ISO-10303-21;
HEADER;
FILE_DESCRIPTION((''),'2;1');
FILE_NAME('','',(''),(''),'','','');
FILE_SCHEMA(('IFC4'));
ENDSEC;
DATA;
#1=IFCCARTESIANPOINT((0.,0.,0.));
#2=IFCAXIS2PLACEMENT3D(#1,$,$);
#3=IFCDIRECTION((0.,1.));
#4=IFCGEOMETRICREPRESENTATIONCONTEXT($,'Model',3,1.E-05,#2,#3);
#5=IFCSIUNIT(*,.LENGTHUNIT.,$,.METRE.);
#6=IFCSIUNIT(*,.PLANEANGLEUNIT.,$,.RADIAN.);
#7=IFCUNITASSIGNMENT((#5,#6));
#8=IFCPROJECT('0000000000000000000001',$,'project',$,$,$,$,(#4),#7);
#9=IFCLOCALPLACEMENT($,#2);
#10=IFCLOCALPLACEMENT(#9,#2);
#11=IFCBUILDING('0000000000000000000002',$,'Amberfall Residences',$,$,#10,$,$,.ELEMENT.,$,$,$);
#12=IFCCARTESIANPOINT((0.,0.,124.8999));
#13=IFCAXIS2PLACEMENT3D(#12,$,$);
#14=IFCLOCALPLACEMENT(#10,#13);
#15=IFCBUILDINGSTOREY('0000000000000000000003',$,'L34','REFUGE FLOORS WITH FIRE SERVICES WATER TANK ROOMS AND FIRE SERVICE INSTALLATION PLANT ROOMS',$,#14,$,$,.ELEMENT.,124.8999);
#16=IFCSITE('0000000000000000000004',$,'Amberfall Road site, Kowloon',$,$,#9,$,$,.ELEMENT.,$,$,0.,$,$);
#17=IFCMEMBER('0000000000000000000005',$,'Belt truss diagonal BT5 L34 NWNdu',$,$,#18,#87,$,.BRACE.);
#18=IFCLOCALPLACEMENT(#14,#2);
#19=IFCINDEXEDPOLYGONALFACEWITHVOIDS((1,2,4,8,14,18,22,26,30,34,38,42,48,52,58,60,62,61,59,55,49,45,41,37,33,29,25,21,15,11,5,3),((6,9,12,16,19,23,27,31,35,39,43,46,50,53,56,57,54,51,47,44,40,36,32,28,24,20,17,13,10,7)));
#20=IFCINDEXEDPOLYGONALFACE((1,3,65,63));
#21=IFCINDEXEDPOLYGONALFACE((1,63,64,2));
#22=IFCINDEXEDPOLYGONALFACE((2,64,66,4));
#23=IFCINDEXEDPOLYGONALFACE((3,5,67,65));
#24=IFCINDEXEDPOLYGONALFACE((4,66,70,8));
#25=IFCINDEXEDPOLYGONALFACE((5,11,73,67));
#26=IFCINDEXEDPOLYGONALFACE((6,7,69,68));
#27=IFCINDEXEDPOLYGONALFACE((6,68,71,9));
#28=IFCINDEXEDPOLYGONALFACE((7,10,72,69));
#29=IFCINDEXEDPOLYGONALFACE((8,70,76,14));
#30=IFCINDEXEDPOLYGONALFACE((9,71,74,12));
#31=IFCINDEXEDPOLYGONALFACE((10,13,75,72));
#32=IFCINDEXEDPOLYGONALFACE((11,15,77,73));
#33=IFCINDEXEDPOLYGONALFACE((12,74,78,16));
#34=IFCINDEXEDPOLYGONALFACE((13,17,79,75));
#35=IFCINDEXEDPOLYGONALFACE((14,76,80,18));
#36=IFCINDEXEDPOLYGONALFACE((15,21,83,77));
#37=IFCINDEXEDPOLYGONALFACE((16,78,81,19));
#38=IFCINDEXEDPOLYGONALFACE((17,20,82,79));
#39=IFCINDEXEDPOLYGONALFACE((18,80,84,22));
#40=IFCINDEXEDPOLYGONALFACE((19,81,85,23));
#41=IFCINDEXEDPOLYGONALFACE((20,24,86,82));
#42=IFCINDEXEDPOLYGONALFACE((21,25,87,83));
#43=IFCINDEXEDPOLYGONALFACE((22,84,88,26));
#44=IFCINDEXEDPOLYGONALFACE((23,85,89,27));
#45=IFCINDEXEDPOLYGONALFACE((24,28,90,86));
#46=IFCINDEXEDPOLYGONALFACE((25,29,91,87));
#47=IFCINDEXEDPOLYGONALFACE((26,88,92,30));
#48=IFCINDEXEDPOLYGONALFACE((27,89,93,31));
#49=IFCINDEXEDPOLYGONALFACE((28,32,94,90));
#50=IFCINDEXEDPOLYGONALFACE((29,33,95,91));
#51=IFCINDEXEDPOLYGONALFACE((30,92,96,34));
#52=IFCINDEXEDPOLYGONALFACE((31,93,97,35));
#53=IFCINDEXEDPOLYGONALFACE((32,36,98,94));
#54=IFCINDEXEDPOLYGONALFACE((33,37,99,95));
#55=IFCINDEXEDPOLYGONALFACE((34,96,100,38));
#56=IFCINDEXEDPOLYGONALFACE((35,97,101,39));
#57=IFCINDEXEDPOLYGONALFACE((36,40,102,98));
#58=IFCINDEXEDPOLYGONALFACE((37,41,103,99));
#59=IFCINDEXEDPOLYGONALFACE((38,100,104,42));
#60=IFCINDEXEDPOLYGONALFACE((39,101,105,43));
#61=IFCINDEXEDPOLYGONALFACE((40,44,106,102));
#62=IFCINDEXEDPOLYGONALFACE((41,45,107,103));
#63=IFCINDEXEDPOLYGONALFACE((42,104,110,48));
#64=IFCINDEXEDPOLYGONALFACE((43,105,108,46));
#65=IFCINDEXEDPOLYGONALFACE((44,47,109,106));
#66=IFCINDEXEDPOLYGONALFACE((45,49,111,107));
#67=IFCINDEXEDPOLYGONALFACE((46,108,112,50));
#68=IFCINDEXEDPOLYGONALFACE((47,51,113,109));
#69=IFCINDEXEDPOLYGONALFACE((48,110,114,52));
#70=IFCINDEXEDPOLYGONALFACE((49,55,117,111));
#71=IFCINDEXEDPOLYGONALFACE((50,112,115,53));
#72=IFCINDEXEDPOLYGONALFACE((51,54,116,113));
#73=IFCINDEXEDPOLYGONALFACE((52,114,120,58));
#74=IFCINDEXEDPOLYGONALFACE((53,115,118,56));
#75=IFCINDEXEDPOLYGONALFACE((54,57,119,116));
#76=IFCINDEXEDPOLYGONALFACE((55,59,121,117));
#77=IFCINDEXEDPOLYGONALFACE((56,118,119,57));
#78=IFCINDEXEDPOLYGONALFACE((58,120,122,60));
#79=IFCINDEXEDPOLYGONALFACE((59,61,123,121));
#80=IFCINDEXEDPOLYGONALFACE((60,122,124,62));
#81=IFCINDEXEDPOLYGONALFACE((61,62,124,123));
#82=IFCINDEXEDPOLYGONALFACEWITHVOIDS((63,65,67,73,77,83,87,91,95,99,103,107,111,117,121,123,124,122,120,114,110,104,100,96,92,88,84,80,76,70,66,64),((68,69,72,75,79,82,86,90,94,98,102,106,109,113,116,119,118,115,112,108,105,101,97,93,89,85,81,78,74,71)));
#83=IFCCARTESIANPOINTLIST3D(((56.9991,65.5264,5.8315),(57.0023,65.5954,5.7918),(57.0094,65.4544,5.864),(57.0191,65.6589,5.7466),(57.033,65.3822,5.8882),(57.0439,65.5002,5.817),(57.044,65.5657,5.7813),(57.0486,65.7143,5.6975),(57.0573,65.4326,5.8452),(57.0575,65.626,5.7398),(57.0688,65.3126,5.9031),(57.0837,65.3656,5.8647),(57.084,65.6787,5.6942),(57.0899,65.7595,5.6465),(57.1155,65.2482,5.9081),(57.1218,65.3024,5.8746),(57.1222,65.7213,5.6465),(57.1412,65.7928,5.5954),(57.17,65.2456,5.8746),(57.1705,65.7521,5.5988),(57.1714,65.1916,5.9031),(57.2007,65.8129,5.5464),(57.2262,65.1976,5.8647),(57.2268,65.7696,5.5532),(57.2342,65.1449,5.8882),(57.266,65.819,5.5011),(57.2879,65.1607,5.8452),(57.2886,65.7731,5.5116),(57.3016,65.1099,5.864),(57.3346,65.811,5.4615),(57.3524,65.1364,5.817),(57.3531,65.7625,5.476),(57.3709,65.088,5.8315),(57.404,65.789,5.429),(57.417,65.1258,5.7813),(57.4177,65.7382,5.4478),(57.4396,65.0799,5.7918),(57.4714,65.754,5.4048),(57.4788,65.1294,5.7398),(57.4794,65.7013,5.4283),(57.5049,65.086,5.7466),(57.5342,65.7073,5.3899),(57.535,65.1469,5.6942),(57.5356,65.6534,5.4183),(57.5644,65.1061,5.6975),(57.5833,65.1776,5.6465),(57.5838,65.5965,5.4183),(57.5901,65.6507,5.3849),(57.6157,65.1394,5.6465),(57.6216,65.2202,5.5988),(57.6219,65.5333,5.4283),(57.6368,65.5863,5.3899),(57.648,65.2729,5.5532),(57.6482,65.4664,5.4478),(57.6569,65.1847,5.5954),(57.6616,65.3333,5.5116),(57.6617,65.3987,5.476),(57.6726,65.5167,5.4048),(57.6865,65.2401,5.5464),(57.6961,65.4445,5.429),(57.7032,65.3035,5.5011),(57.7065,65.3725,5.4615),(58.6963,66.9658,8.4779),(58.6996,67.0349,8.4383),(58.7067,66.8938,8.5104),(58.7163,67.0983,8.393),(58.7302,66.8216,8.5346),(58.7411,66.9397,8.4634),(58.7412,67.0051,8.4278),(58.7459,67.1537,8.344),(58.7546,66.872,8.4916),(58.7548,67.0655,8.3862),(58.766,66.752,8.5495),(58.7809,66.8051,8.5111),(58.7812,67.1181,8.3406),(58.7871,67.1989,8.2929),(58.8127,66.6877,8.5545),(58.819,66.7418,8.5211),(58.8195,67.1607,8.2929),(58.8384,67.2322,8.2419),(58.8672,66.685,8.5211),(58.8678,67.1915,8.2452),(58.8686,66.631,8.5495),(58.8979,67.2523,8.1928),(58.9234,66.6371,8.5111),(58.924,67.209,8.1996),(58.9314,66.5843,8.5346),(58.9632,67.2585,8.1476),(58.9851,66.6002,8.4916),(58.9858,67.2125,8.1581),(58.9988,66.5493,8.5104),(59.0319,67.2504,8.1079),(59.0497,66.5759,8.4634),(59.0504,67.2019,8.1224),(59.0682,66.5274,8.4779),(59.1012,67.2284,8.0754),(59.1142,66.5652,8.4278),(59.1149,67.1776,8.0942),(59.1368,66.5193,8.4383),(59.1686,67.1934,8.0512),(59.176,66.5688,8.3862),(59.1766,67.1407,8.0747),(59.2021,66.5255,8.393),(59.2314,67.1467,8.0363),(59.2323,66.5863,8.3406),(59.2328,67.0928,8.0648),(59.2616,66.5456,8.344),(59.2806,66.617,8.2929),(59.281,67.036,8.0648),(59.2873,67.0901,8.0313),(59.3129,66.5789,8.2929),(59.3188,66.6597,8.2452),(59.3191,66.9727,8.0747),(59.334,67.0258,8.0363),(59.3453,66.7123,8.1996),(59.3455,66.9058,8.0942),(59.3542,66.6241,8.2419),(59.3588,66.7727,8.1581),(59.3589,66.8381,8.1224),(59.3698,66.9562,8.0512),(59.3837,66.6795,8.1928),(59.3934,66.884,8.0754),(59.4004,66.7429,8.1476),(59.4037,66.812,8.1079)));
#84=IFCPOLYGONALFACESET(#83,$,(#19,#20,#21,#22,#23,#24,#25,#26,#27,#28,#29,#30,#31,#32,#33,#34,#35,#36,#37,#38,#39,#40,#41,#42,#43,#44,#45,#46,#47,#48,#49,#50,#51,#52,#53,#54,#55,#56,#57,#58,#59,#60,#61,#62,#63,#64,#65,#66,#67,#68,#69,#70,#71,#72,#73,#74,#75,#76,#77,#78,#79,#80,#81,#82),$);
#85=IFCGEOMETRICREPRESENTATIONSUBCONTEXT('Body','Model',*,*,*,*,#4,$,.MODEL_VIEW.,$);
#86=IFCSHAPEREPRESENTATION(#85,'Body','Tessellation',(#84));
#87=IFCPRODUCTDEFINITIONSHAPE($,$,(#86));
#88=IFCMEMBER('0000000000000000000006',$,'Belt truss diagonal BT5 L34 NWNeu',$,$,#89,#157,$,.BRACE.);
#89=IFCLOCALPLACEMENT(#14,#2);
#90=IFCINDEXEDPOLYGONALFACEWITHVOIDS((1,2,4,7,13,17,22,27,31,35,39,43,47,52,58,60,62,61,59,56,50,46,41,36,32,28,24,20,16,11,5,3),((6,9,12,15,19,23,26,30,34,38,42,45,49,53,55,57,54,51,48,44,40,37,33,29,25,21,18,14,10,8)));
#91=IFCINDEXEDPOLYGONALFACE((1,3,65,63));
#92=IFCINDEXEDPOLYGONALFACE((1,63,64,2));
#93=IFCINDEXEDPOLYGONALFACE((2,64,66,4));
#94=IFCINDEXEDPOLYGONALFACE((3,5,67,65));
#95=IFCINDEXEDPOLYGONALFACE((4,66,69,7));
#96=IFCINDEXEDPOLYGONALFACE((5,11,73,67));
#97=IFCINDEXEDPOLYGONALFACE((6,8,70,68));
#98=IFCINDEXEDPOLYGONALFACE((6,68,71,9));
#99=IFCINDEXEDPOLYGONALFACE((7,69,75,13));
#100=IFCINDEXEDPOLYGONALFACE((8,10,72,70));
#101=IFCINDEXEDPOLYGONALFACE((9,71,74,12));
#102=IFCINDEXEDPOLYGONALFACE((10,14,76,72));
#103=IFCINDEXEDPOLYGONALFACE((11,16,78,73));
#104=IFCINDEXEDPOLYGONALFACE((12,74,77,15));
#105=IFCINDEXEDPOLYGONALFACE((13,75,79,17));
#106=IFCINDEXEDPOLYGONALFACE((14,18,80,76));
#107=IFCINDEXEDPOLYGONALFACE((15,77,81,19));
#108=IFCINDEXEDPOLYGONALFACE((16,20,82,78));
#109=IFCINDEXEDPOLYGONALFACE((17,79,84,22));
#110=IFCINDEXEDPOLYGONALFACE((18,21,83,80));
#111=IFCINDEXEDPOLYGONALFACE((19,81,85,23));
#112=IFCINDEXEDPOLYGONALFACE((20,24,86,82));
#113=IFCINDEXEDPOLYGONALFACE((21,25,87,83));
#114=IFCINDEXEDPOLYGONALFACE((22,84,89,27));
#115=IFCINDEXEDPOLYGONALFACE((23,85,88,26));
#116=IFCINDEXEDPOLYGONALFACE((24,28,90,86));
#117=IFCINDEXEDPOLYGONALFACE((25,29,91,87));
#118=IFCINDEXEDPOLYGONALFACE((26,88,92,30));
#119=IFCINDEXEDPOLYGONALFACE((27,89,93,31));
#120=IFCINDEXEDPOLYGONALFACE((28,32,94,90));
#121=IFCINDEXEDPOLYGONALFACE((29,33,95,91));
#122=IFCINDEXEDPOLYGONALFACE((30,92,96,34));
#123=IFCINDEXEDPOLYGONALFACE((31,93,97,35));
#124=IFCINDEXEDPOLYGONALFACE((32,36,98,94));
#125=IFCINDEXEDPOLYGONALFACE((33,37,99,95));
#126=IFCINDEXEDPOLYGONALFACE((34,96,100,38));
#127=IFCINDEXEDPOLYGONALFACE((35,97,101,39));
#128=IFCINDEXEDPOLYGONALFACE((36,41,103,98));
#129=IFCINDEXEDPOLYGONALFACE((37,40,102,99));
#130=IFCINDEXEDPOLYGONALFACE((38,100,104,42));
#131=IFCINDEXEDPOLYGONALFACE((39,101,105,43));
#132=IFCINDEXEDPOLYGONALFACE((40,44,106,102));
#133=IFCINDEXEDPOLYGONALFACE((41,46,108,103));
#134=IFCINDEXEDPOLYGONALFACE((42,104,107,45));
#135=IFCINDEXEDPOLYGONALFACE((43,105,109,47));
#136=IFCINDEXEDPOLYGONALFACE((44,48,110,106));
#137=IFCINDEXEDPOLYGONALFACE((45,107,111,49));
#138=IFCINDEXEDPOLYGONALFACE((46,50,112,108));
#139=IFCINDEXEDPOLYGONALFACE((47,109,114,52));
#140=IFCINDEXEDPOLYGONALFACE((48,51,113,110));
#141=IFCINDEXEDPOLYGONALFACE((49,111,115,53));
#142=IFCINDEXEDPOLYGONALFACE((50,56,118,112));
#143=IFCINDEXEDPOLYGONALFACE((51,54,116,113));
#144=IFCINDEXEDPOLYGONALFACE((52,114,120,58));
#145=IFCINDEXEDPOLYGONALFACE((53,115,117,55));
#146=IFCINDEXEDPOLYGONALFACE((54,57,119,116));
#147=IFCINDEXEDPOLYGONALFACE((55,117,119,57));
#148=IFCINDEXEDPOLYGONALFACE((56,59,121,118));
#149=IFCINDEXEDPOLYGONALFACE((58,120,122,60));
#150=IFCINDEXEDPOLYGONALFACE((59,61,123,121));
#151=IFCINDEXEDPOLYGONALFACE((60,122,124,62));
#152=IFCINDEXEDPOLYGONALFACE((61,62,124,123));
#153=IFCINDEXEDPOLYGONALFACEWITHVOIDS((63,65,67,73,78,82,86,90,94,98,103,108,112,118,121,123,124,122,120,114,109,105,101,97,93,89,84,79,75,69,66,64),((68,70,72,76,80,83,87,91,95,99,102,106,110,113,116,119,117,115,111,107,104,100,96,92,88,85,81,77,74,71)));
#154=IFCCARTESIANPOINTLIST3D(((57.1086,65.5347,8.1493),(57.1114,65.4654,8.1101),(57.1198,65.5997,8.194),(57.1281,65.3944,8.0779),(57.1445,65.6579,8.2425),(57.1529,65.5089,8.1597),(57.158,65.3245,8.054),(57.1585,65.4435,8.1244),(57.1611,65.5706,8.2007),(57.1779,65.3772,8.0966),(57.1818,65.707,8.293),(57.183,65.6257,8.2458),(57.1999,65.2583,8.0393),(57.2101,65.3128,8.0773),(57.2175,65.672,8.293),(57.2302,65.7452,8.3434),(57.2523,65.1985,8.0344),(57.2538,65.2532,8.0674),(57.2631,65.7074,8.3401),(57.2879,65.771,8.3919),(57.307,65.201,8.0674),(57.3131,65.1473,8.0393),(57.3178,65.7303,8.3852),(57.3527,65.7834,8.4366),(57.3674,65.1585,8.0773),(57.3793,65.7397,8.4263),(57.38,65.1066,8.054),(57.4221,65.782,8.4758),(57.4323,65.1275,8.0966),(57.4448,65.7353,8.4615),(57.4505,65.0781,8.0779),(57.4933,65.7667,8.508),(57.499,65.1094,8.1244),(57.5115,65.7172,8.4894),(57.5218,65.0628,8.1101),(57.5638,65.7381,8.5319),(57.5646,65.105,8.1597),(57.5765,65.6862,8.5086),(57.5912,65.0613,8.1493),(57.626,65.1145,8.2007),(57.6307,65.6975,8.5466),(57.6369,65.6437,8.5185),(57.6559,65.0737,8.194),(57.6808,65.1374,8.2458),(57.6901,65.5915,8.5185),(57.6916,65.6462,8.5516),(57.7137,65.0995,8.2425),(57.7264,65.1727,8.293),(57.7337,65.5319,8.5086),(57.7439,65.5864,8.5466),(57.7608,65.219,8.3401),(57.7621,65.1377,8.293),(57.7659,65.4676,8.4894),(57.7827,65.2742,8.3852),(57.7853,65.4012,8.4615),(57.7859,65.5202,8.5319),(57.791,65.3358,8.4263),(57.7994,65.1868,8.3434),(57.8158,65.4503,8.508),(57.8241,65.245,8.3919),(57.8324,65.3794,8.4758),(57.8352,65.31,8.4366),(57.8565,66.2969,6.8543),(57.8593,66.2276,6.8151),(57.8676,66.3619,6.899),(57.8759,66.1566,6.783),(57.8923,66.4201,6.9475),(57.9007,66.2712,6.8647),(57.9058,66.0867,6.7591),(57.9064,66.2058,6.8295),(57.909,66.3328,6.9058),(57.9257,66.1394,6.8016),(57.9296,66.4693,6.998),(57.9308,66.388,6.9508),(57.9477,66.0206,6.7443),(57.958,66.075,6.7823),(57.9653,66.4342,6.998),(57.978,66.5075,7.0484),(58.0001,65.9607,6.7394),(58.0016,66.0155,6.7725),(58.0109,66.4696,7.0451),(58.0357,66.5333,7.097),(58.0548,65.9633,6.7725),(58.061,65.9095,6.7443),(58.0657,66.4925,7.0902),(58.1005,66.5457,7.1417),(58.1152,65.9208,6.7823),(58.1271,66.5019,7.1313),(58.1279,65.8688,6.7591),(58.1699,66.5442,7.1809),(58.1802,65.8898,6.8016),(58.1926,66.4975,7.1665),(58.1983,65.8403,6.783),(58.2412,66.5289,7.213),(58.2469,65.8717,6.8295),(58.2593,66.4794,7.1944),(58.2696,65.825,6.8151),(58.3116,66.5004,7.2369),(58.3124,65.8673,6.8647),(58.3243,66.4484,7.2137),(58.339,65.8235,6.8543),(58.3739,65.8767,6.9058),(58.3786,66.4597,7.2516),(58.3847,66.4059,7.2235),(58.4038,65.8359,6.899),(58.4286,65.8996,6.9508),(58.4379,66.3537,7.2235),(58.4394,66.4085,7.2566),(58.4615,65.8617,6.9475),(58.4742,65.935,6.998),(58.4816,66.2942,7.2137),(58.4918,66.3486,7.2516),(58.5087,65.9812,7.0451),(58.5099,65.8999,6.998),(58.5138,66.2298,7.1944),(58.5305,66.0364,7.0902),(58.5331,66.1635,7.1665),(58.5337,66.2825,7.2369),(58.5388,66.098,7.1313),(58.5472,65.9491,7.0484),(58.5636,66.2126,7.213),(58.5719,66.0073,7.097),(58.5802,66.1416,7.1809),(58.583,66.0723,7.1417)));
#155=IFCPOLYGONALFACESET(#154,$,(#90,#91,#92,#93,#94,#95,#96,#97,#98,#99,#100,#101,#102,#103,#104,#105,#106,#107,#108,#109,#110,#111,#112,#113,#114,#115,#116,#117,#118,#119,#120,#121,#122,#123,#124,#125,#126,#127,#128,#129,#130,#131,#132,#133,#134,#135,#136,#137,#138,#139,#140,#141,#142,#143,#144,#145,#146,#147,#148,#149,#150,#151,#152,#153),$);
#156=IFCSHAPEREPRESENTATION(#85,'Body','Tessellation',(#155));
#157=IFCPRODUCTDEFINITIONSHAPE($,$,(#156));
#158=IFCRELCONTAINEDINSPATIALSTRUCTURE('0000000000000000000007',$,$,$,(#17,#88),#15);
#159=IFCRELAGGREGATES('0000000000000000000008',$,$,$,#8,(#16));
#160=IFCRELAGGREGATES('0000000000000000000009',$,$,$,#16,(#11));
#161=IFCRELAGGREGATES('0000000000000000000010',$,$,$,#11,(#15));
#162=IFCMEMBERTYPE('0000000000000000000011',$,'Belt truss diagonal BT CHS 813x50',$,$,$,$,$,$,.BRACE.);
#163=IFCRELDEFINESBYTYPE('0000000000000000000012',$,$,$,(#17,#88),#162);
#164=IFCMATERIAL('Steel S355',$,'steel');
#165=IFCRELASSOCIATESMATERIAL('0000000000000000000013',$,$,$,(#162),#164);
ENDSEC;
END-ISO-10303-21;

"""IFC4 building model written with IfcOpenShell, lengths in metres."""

from ifc_helpers import new_model, si_unit, direction, frame, origin, origin_2d, place, context, subcontext, project, spatial, hollow_circle, extrude, material, material_profile, profile_set, type_object, element, save


model = new_model("IFC4")

# Units and contexts
model_context = context("Model", 3, precision=1e-05, world=origin(), true_north=direction((0.0, 1.0)))
body_context = subcontext(model_context, "Body", "Model", "MODEL_VIEW")
ifc_project = project(units=[si_unit("LENGTHUNIT", "METRE"), si_unit("PLANEANGLEUNIT", "RADIAN")], contexts=[model_context])

# Site, building, storey
site_placement = place(None, origin())
site = spatial("IfcSite", under=ifc_project, at=site_placement, Name="Amberfall Road site, Kowloon", CompositionType="ELEMENT", RefElevation=0.0)
building_placement = place(site_placement, origin())
building = spatial("IfcBuilding", under=site, at=building_placement, Name="Amberfall Residences", CompositionType="ELEMENT")
storey_placement = place(building_placement, frame((0.0, 0.0, 124.8999)))
storey = spatial("IfcBuildingStorey", under=building, at=storey_placement, Name="L34", Description="REFUGE FLOORS WITH FIRE SERVICES WATER TANK ROOMS AND FIRE SERVICE INSTALLATION PLANT ROOMS", CompositionType="ELEMENT", Elevation=124.8999)

# Shared definitions
ifc_material_1 = material(Name="Steel S355", Category="steel")

# Members
ifc_material_profile_1 = material_profile(ifc_material_1, hollow_circle(Radius=0.4065, WallThickness=0.05, at=origin_2d()), Name="CHS 813x50")
ifc_profile_set_1 = profile_set([ifc_material_profile_1], Name="Steel S355")
member_type = type_object("IfcMemberType", Name="Belt truss diagonal BT CHS 813x50", PredefinedType="BRACE", material=ifc_profile_set_1)
member_1_placement = place(storey_placement, frame((57.3528, 65.4495, 5.6465), z_axis=(0.490846, 0.416288, 0.765359), x_axis=(-0.646807, 0.762653, 0.0)))
element("IfcMember", 1, at=member_1_placement, inside=storey, type_object=member_type, Name="Belt truss diagonal BT5 L34 NWNdu", PredefinedType="BRACE", context=body_context, shape_type="SweptSolid", body=[
    extrude(hollow_circle(Radius=0.4065, WallThickness=0.05, at=origin_2d()), origin(), (0.0, 0.0, 1.0), 3.4578),
])
member_2_placement = place(storey_placement, frame((57.4719, 65.4224, 8.293), z_axis=(0.445548, 0.45413, -0.771526), x_axis=(-0.71382, 0.70033, 0.0)))
element("IfcMember", 2, at=member_2_placement, inside=storey, type_object=member_type, Name="Belt truss diagonal BT5 L34 NWNeu", PredefinedType="BRACE", context=body_context, shape_type="SweptSolid", body=[
    extrude(hollow_circle(Radius=0.4065, WallThickness=0.05, at=origin_2d()), origin(), (0.0, 0.0, 1.0), 1.6785),
])

save(model, "model.ifc")
